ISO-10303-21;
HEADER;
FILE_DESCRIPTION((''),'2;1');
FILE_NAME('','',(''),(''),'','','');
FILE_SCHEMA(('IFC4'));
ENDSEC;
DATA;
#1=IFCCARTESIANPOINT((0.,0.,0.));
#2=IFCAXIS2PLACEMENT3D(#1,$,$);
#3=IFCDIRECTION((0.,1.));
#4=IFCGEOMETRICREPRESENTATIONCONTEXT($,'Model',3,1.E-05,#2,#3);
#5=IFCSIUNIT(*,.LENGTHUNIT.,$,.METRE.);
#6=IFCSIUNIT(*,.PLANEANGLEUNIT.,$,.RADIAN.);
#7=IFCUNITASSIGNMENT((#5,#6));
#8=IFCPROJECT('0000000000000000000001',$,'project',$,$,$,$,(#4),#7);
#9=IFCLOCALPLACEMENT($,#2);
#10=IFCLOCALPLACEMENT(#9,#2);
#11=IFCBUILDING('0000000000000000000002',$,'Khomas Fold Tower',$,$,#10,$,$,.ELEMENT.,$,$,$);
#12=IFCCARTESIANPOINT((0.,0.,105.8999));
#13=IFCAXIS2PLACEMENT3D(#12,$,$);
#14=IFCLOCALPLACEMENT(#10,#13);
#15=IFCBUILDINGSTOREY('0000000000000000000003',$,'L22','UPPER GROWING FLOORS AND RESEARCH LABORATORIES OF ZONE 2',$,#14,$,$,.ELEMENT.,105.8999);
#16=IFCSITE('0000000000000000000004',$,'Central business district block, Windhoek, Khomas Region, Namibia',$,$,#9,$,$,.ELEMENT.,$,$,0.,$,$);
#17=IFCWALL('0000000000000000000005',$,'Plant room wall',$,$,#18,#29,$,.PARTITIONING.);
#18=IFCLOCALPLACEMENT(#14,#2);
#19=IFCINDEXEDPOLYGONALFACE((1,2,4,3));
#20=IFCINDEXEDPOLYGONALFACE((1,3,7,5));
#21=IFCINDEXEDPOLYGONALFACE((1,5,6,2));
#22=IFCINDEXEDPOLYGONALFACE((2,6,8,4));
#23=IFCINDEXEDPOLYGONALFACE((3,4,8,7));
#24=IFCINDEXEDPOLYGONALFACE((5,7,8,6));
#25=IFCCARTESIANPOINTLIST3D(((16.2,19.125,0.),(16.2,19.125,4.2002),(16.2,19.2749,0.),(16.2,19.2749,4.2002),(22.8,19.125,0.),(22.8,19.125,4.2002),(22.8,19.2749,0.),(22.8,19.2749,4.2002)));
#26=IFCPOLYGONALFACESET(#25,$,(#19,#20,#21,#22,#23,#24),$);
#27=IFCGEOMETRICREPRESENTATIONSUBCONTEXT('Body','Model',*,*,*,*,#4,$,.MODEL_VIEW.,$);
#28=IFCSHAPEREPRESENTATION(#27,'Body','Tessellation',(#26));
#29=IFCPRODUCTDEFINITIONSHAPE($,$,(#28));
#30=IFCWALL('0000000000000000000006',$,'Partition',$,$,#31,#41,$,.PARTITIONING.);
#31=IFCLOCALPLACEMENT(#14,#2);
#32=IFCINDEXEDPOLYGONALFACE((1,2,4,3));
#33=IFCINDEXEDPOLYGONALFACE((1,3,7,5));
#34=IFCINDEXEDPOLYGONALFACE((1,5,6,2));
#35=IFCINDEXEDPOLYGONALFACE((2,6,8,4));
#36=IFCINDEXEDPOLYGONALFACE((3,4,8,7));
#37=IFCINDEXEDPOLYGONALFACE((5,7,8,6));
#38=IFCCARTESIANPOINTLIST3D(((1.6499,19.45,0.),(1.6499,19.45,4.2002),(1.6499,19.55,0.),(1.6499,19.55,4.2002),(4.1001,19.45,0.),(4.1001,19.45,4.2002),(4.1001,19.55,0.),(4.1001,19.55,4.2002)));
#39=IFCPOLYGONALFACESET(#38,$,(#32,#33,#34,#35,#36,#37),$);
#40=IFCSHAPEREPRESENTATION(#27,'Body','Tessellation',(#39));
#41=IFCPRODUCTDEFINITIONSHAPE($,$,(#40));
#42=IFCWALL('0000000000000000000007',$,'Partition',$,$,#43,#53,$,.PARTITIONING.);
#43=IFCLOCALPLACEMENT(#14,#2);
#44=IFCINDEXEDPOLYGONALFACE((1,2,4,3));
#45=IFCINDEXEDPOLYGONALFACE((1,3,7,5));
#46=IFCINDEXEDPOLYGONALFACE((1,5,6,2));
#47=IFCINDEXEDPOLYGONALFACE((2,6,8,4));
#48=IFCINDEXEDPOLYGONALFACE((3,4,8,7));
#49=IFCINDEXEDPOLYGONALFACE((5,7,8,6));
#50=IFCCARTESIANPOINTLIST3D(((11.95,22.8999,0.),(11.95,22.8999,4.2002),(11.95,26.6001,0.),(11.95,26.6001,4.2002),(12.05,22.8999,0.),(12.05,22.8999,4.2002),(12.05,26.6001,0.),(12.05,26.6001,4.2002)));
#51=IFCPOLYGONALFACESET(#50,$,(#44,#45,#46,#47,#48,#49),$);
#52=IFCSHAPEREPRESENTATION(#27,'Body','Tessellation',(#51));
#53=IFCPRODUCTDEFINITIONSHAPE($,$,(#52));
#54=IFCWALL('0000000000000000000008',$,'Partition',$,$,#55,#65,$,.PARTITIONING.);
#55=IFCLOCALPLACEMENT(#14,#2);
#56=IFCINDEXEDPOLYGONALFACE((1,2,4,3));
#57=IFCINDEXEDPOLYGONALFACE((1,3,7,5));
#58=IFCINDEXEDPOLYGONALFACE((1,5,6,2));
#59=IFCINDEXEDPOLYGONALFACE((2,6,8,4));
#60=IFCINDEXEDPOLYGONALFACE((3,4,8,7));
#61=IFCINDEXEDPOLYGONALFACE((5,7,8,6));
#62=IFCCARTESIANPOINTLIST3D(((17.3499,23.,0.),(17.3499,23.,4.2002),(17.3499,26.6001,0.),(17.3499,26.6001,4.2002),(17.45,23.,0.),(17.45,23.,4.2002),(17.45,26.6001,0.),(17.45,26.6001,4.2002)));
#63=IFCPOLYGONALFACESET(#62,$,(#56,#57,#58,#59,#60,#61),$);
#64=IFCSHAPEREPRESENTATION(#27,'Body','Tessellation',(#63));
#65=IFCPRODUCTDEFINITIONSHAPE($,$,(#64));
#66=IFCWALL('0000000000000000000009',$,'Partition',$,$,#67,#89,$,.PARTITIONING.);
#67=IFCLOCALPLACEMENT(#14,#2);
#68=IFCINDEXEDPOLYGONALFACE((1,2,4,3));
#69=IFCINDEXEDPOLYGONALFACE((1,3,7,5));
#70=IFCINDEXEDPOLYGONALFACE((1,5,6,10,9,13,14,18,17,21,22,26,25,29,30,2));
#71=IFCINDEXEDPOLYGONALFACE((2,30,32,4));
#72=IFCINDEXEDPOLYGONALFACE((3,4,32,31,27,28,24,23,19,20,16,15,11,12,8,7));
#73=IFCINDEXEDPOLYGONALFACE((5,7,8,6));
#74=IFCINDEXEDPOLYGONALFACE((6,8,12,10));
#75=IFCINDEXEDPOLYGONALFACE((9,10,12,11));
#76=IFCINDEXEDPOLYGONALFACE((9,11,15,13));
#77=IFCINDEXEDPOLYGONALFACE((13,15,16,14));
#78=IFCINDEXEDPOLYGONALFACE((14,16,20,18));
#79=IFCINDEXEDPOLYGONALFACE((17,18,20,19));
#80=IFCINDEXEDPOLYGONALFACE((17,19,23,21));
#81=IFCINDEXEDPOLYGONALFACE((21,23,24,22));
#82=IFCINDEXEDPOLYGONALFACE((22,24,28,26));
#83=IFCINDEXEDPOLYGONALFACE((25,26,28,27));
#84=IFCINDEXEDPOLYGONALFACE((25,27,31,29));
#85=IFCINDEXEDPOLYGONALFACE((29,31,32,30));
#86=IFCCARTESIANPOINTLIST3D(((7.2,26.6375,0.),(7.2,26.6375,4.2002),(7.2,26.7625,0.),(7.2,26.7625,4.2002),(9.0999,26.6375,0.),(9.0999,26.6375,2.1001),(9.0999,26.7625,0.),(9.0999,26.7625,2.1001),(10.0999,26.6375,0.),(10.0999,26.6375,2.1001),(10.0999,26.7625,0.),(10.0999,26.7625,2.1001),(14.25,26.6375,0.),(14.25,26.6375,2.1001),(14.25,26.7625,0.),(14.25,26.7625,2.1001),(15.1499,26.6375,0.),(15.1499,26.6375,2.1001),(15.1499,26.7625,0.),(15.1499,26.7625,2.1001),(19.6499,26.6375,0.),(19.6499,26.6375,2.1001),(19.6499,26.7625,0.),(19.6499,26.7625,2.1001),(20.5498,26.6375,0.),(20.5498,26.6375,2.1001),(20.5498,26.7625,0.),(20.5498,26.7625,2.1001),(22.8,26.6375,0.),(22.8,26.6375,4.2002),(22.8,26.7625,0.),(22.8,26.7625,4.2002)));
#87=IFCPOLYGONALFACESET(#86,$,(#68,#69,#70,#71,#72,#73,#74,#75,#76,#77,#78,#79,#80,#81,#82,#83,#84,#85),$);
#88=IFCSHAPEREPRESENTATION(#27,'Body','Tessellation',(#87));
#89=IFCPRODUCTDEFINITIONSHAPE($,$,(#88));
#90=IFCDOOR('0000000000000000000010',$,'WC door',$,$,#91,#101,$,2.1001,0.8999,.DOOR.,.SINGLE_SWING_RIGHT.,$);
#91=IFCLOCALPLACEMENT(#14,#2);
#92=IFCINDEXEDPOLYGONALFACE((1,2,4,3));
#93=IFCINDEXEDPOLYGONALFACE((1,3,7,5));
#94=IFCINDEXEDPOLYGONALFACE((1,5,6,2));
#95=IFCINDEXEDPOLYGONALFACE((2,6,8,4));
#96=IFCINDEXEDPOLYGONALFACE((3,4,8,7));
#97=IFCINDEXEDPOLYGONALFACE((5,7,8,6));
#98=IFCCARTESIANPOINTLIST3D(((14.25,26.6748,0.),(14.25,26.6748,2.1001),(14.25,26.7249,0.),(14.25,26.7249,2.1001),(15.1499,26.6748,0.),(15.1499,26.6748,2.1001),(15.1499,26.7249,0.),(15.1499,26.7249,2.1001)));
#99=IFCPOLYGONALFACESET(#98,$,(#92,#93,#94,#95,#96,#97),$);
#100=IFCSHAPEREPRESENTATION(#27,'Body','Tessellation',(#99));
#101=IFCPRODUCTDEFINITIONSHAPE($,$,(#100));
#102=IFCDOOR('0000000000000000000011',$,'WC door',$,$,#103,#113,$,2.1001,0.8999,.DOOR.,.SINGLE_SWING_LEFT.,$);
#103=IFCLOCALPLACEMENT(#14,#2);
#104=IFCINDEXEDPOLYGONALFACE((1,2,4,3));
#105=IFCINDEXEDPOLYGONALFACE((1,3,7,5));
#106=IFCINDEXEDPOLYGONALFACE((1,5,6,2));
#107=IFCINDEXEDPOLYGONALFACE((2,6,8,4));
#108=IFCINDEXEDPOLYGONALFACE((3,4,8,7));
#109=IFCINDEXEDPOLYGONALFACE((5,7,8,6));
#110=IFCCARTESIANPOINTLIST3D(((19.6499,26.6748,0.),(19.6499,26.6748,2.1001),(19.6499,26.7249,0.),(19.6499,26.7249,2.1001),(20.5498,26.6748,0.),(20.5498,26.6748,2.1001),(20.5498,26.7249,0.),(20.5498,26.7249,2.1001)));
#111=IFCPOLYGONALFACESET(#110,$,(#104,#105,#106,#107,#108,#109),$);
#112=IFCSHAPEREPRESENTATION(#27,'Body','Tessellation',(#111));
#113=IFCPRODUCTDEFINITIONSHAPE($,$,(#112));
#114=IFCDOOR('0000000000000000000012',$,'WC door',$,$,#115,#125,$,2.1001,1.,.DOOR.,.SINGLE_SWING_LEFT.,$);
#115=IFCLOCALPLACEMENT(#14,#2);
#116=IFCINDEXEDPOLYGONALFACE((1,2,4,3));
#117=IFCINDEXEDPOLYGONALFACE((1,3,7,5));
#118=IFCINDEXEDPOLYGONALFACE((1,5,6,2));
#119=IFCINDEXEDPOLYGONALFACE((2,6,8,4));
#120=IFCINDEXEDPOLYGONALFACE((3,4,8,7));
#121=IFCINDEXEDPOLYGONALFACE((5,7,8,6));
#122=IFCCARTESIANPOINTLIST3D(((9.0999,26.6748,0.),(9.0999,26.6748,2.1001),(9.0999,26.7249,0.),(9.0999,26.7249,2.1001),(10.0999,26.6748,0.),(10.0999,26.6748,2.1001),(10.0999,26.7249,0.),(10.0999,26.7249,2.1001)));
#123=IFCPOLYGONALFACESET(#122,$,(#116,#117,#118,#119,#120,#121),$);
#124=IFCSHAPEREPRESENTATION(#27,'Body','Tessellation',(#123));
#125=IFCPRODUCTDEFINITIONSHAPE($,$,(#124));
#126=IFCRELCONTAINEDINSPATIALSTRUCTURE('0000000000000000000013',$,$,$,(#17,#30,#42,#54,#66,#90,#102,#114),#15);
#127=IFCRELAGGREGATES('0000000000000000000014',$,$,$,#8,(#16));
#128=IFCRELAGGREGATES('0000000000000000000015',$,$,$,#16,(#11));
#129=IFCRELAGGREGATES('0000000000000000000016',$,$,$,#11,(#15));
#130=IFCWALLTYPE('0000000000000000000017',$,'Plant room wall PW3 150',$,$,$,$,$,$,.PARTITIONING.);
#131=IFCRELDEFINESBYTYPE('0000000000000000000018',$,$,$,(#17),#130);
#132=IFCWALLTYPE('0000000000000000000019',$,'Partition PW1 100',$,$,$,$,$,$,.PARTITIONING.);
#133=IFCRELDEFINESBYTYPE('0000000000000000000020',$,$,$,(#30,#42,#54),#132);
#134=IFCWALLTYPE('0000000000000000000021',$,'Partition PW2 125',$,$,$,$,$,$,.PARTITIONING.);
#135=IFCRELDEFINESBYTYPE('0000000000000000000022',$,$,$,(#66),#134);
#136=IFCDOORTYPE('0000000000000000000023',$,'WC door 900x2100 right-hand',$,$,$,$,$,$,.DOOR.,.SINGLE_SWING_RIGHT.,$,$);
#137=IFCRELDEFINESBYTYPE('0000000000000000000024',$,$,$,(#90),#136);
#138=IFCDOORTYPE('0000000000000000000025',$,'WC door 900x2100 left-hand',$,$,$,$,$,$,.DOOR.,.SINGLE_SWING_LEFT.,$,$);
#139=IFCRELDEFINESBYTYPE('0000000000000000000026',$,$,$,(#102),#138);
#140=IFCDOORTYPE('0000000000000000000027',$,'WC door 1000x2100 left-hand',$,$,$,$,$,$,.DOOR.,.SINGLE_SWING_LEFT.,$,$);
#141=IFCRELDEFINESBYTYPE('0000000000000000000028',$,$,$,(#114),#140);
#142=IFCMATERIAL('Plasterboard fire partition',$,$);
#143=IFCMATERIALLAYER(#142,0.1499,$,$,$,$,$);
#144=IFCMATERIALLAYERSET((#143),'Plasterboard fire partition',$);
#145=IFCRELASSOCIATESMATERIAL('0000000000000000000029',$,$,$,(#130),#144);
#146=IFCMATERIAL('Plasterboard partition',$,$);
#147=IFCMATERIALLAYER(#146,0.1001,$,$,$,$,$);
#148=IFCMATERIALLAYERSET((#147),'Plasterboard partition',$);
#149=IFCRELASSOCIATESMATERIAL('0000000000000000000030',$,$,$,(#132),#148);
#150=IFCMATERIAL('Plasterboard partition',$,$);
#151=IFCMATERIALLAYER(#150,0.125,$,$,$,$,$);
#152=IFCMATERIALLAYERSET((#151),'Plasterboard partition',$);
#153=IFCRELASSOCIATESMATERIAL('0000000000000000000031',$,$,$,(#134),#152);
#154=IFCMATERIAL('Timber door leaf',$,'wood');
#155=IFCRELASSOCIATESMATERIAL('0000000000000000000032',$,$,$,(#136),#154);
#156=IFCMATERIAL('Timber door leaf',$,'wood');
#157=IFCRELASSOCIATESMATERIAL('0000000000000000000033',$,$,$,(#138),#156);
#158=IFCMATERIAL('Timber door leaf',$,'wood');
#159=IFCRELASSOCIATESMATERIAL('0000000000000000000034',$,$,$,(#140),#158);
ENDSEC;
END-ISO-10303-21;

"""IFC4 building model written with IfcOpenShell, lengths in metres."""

from ifc_helpers import new_model, si_unit, direction, frame, frame_2d, origin, place, context, subcontext, project, spatial, rectangle, extrude, source, transform, mapped, material, layer, layer_set, type_object, element, fill, save


model = new_model("IFC4")

# Units and contexts
model_context = context("Model", 3, precision=1e-05, world=origin(), true_north=direction((0.0, 1.0)))
body_context = subcontext(model_context, "Body", "Model", "MODEL_VIEW")
ifc_project = project(units=[si_unit("LENGTHUNIT", "METRE"), si_unit("PLANEANGLEUNIT", "RADIAN")], contexts=[model_context])

# Site, building, storey
site_placement = place(None, origin())
site = spatial("IfcSite", under=ifc_project, at=site_placement, Name="Central business district block, Windhoek, Khomas Region, Namibia", CompositionType="ELEMENT", RefElevation=0.0)
building_placement = place(site_placement, origin())
building = spatial("IfcBuilding", under=site, at=building_placement, Name="Khomas Fold Tower", CompositionType="ELEMENT")
storey_placement = place(building_placement, frame((0.0, 0.0, 105.8999)))
storey = spatial("IfcBuildingStorey", under=building, at=storey_placement, Name="L22", Description="UPPER GROWING FLOORS AND RESEARCH LABORATORIES OF ZONE 2", CompositionType="ELEMENT", Elevation=105.8999)

# Walls
ifc_material_1 = material(Name="Plasterboard fire partition")
ifc_layer_1 = layer(ifc_material_1, 0.1499)
ifc_layer_set_1 = layer_set([ifc_layer_1], Name="Plasterboard fire partition")
wall_type_1 = type_object("IfcWallType", Name="Plant room wall PW3 150", PredefinedType="PARTITIONING", material=ifc_layer_set_1)
shared_shape_1 = source(origin(), body_context, "Body", "SweptSolid", [
    extrude(rectangle(XDim=6.6001, YDim=0.1499, at=frame_2d((3.3, 0.0))), origin(), (0.0, 0.0, 1.0), 4.2002),
])
for number, where, z_axis, x_axis, name in (
    (1, (16.2, 19.2, 0.0), (0.0, 0.0, 1.0), (1.0, 0.0, 0.0), "Plant room wall"),
):
    element("IfcWall", number, at=place(storey_placement, frame(where, z_axis=z_axis, x_axis=x_axis)), inside=storey, type_object=wall_type_1, Name=name, PredefinedType="PARTITIONING", context=body_context, shape_type="MappedRepresentation", body=[
        mapped(shared_shape_1, transform((0.0, 0.0, 0.0))),
    ])
ifc_material_2 = material(Name="Plasterboard partition")
ifc_layer_2 = layer(ifc_material_2, 0.1001)
ifc_layer_set_2 = layer_set([ifc_layer_2], Name="Plasterboard partition")
wall_type_2 = type_object("IfcWallType", Name="Partition PW1 100", PredefinedType="PARTITIONING", material=ifc_layer_set_2)
shared_shape_2 = source(origin(), body_context, "Body", "SweptSolid", [
    extrude(rectangle(XDim=2.4502, YDim=0.1001, at=frame_2d((1.2251, 0.0))), origin(), (0.0, 0.0, 1.0), 4.2002),
])
wall_1_placement = place(storey_placement, frame((1.6499, 19.5, 0.0), z_axis=(0.0, 0.0, 1.0), x_axis=(1.0, 0.0, 0.0)))
element("IfcWall", 2, at=wall_1_placement, inside=storey, type_object=wall_type_2, Name="Partition", PredefinedType="PARTITIONING", context=body_context, shape_type="MappedRepresentation", body=[
    mapped(shared_shape_2, transform((0.0, 0.0, 0.0))),
])
shared_shape_3 = source(origin(), body_context, "Body", "SweptSolid", [
    extrude(rectangle(XDim=3.7002, YDim=0.1001, at=frame_2d((1.8501, 0.0))), origin(), (0.0, 0.0, 1.0), 4.2002),
])
wall_2_placement = place(storey_placement, frame((12.0, 22.8999, 0.0), z_axis=(0.0, 0.0, 1.0), x_axis=(0.0, 1.0, 0.0)))
element("IfcWall", 3, at=wall_2_placement, inside=storey, type_object=wall_type_2, Name="Partition", PredefinedType="PARTITIONING", context=body_context, shape_type="MappedRepresentation", body=[
    mapped(shared_shape_3, transform((0.0, 0.0, 0.0))),
])
shared_shape_4 = source(origin(), body_context, "Body", "SweptSolid", [
    extrude(rectangle(XDim=3.6001, YDim=0.1001, at=frame_2d((1.8, 0.0))), origin(), (0.0, 0.0, 1.0), 4.2002),
])
wall_3_placement = place(storey_placement, frame((17.3999, 23.0, 0.0), z_axis=(0.0, 0.0, 1.0), x_axis=(0.0, 1.0, 0.0)))
element("IfcWall", 4, at=wall_3_placement, inside=storey, type_object=wall_type_2, Name="Partition", PredefinedType="PARTITIONING", context=body_context, shape_type="MappedRepresentation", body=[
    mapped(shared_shape_4, transform((0.0, 0.0, 0.0))),
])

# Wall, openings, doors
ifc_material_3 = material(Name="Plasterboard partition")
ifc_layer_3 = layer(ifc_material_3, 0.125)
ifc_layer_set_3 = layer_set([ifc_layer_3], Name="Plasterboard partition")
wall_type_3 = type_object("IfcWallType", Name="Partition PW2 125", PredefinedType="PARTITIONING", material=ifc_layer_set_3)
shared_shape_5 = source(origin(), body_context, "Body", "SweptSolid", [
    extrude(rectangle(XDim=15.6001, YDim=0.125, at=frame_2d((7.8, 0.0))), origin(), (0.0, 0.0, 1.0), 4.2002),
])
wall_4_placement = place(storey_placement, frame((7.2, 26.7, 0.0), z_axis=(0.0, 0.0, 1.0), x_axis=(1.0, 0.0, 0.0)))
wall_4 = element("IfcWall", 5, at=wall_4_placement, inside=storey, type_object=wall_type_3, Name="Partition", PredefinedType="PARTITIONING", context=body_context, shape_type="MappedRepresentation", body=[
    mapped(shared_shape_5, transform((0.0, 0.0, 0.0))),
])
shared_shape_6 = source(origin(), body_context, "Body", "SweptSolid", [
    extrude(rectangle(XDim=1.0, YDim=2.1001, at=frame_2d((0.5, 1.05))), frame((0.0, 0.0725, 0.0), z_axis=(0.0, -1.0, 0.0), x_axis=(1.0, 0.0, 0.0)), (0.0, 0.0, 1.0), 0.145),
])
opening_1_placement = place(wall_4_placement, frame((1.8999, 0.0, 0.0)))
opening_1 = element("IfcOpeningElement", 6, at=opening_1_placement, cuts=wall_4, PredefinedType="OPENING", context=body_context, shape_type="MappedRepresentation", body=[
    mapped(shared_shape_6, transform((0.0, 0.0, 0.0))),
])
shared_shape_7 = source(origin(), body_context, "Body", "SweptSolid", [
    extrude(rectangle(XDim=0.8999, YDim=2.1001, at=frame_2d((0.45, 1.05))), frame((0.0, 0.0725, 0.0), z_axis=(0.0, -1.0, 0.0), x_axis=(1.0, 0.0, 0.0)), (0.0, 0.0, 1.0), 0.145),
])
opening_2_placement = place(wall_4_placement, frame((7.05, 0.0, 0.0)))
opening_2 = element("IfcOpeningElement", 7, at=opening_2_placement, cuts=wall_4, PredefinedType="OPENING", context=body_context, shape_type="MappedRepresentation", body=[
    mapped(shared_shape_7, transform((0.0, 0.0, 0.0))),
])
opening_3_placement = place(wall_4_placement, frame((12.45, 0.0, 0.0)))
opening_3 = element("IfcOpeningElement", 8, at=opening_3_placement, cuts=wall_4, PredefinedType="OPENING", context=body_context, shape_type="MappedRepresentation", body=[
    mapped(shared_shape_7, transform((0.0, 0.0, 0.0))),
])
ifc_material_4 = material(Name="Timber door leaf", Category="wood")
door_type_1 = type_object("IfcDoorType", Name="WC door 900x2100 right-hand", OperationType="SINGLE_SWING_RIGHT", PredefinedType="DOOR", material=ifc_material_4)
shared_shape_8 = source(origin(), body_context, "Body", "SweptSolid", [
    extrude(rectangle(XDim=0.8999, YDim=2.1001, at=frame_2d((0.45, 1.05))), frame((0.0, 0.0249, 0.0), z_axis=(0.0, -1.0, 0.0), x_axis=(1.0, 0.0, 0.0)), (0.0, 0.0, 1.0), 0.05),
])
door_1_placement = place(opening_2_placement, origin())
door_1 = element("IfcDoor", 9, at=door_1_placement, inside=storey, type_object=door_type_1, Name="WC door", OperationType="SINGLE_SWING_RIGHT", OverallHeight=2.1001, OverallWidth=0.8999, PredefinedType="DOOR", context=body_context, shape_type="MappedRepresentation", body=[
    mapped(shared_shape_8, transform((0.0, 0.0, 0.0))),
])
fill(opening_2, door_1)
ifc_material_5 = material(Name="Timber door leaf", Category="wood")
door_type_2 = type_object("IfcDoorType", Name="WC door 900x2100 left-hand", OperationType="SINGLE_SWING_LEFT", PredefinedType="DOOR", material=ifc_material_5)
door_2_placement = place(opening_3_placement, origin())
door_2 = element("IfcDoor", 10, at=door_2_placement, inside=storey, type_object=door_type_2, Name="WC door", OperationType="SINGLE_SWING_LEFT", OverallHeight=2.1001, OverallWidth=0.8999, PredefinedType="DOOR", context=body_context, shape_type="MappedRepresentation", body=[
    mapped(shared_shape_8, transform((0.0, 0.0, 0.0))),
])
fill(opening_3, door_2)
ifc_material_6 = material(Name="Timber door leaf", Category="wood")
door_type_3 = type_object("IfcDoorType", Name="WC door 1000x2100 left-hand", OperationType="SINGLE_SWING_LEFT", PredefinedType="DOOR", material=ifc_material_6)
shared_shape_9 = source(origin(), body_context, "Body", "SweptSolid", [
    extrude(rectangle(XDim=1.0, YDim=2.1001, at=frame_2d((0.5, 1.05))), frame((0.0, 0.0249, 0.0), z_axis=(0.0, -1.0, 0.0), x_axis=(1.0, 0.0, 0.0)), (0.0, 0.0, 1.0), 0.05),
])
door_3_placement = place(opening_1_placement, origin())
door_3 = element("IfcDoor", 11, at=door_3_placement, inside=storey, type_object=door_type_3, Name="WC door", OperationType="SINGLE_SWING_LEFT", OverallHeight=2.1001, OverallWidth=1.0, PredefinedType="DOOR", context=body_context, shape_type="MappedRepresentation", body=[
    mapped(shared_shape_9, transform((0.0, 0.0, 0.0))),
])
fill(opening_1, door_3)

save(model, "model.ifc")
